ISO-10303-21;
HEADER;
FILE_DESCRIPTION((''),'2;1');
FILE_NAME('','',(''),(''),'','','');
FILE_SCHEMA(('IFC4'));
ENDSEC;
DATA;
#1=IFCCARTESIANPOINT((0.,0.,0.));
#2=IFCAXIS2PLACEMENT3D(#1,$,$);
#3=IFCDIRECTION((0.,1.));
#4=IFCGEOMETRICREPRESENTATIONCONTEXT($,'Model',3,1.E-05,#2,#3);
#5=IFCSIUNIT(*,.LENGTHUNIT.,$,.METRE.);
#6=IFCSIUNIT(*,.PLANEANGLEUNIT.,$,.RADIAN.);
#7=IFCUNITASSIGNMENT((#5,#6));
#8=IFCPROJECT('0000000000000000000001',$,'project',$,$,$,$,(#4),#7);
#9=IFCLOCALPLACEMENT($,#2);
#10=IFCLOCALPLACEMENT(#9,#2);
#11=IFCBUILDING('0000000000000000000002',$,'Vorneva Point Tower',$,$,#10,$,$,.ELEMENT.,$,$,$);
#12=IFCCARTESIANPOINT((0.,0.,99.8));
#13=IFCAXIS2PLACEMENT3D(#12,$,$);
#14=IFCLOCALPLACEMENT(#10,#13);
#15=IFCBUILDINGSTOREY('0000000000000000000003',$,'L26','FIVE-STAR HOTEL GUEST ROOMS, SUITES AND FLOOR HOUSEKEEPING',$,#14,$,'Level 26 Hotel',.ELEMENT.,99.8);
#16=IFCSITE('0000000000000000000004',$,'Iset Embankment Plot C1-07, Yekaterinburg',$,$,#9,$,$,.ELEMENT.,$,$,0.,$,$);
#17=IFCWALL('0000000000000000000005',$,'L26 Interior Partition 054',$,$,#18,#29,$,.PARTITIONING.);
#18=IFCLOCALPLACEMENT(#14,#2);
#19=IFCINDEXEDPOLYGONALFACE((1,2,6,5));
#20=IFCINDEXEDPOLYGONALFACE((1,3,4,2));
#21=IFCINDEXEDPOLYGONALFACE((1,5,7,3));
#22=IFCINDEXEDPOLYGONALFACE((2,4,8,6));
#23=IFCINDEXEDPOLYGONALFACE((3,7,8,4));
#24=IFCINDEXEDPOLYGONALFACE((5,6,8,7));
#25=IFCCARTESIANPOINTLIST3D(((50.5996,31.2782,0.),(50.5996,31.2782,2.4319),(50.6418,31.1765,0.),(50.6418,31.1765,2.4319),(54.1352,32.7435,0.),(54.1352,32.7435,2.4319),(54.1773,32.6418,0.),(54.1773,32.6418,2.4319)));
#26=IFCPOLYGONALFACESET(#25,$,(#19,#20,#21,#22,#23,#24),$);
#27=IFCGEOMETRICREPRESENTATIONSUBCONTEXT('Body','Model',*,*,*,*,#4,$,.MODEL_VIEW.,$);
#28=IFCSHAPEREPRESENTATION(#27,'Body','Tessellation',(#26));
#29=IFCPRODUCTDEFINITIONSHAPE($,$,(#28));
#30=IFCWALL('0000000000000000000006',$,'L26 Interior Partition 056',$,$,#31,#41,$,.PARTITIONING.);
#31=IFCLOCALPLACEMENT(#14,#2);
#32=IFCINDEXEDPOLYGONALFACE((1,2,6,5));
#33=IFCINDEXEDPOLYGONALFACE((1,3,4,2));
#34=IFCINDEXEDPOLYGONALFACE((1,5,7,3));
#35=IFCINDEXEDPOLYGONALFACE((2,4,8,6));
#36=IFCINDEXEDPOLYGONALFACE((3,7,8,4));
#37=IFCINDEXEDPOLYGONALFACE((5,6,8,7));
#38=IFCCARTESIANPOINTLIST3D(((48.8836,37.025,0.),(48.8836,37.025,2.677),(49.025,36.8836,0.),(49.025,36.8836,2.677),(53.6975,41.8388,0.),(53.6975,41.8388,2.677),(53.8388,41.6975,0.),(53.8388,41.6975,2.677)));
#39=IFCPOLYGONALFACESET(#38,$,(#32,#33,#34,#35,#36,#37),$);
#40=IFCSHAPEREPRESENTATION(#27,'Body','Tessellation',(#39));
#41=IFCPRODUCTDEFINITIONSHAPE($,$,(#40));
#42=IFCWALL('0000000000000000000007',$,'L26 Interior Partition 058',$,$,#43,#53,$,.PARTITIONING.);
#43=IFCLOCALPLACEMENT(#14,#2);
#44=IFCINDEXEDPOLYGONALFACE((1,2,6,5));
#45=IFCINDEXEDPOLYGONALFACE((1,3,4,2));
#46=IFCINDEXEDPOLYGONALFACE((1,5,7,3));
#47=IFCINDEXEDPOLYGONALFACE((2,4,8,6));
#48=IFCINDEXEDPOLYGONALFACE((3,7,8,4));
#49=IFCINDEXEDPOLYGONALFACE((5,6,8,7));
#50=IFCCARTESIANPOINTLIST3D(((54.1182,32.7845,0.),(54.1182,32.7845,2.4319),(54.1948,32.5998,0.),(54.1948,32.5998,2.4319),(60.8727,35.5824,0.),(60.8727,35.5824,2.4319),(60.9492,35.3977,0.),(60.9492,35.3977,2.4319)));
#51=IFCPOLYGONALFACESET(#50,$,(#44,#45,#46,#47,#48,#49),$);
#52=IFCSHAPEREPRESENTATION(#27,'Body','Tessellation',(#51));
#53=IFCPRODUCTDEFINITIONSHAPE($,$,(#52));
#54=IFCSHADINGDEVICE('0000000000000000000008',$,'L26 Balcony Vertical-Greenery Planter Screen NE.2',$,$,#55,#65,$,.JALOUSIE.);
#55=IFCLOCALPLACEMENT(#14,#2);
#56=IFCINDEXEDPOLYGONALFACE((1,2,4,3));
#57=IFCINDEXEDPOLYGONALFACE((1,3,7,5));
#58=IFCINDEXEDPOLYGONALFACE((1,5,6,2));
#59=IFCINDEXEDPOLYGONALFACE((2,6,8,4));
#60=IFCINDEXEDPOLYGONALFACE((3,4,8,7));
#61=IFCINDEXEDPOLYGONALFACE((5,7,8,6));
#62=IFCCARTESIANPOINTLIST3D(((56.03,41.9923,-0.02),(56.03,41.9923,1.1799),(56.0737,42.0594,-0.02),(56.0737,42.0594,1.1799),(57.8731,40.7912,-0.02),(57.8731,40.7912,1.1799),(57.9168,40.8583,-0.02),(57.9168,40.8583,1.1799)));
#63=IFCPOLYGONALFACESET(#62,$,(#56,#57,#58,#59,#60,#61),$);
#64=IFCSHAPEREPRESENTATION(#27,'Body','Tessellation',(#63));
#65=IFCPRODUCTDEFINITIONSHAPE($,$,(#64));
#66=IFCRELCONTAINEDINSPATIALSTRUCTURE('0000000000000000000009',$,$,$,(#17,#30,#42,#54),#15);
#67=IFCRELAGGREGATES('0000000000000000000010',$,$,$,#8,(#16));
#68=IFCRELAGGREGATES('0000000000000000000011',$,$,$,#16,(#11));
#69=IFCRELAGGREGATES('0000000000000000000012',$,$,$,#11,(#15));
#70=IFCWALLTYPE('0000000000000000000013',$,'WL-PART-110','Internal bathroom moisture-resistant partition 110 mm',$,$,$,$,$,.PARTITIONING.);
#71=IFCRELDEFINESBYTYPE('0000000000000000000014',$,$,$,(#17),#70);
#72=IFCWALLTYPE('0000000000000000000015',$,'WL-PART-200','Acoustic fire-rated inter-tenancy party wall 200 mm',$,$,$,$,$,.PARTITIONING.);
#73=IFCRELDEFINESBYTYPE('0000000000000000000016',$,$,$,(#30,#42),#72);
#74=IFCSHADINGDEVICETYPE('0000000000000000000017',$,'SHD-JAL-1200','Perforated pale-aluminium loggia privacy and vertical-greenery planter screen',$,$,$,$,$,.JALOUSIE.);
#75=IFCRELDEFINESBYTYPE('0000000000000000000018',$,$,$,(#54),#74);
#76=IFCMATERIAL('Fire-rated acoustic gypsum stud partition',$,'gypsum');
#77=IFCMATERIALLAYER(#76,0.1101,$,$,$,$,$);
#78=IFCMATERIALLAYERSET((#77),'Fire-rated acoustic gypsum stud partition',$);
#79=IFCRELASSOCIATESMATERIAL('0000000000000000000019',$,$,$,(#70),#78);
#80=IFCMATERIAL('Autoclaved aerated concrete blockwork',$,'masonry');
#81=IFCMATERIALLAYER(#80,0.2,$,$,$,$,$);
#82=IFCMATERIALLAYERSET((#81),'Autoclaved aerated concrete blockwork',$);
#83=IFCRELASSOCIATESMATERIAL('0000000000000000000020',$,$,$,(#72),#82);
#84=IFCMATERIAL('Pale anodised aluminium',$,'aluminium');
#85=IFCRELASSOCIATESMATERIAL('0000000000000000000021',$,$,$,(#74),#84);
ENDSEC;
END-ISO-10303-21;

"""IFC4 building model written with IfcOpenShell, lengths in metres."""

from ifc_helpers import new_model, si_unit, direction, frame, frame_2d, origin, origin_2d, place, context, subcontext, project, spatial, rectangle, extrude, material, layer, layer_set, type_object, element, save


model = new_model("IFC4")

# Units and contexts
model_context = context("Model", 3, precision=1e-05, world=origin(), true_north=direction((0.0, 1.0)))
body_context = subcontext(model_context, "Body", "Model", "MODEL_VIEW")
ifc_project = project(units=[si_unit("LENGTHUNIT", "METRE"), si_unit("PLANEANGLEUNIT", "RADIAN")], contexts=[model_context])

# Site, building, storey
site_placement = place(None, origin())
site = spatial("IfcSite", under=ifc_project, at=site_placement, Name="Iset Embankment Plot C1-07, Yekaterinburg", CompositionType="ELEMENT", RefElevation=0.0)
building_placement = place(site_placement, origin())
building = spatial("IfcBuilding", under=site, at=building_placement, Name="Vorneva Point Tower", CompositionType="ELEMENT")
storey_placement = place(building_placement, frame((0.0, 0.0, 99.8)))
storey = spatial("IfcBuildingStorey", under=building, at=storey_placement, Name="L26", Description="FIVE-STAR HOTEL GUEST ROOMS, SUITES AND FLOOR HOUSEKEEPING", LongName="Level 26 Hotel", CompositionType="ELEMENT", Elevation=99.8)

# Shared definitions
ifc_material_1 = material(Name="Pale anodised aluminium", Category="aluminium")

# Shared definitions
ifc_material_2 = material(Name="Fire-rated acoustic gypsum stud partition", Category="gypsum")
ifc_layer_1 = layer(ifc_material_2, 0.1101)
ifc_layer_set_1 = layer_set([ifc_layer_1], Name="Fire-rated acoustic gypsum stud partition")
wall_type_1 = type_object("IfcWallType", Name="WL-PART-110", Description="Internal bathroom moisture-resistant partition 110 mm", PredefinedType="PARTITIONING", material=ifc_layer_set_1)

# Wall
wall_1_placement = place(storey_placement, frame((54.1562, 32.6926, 0.0), z_axis=(0.0, 0.0, 1.0), x_axis=(-0.923804, -0.382866, 0.0)))
element("IfcWall", 1, at=wall_1_placement, inside=storey, type_object=wall_type_1, Name="L26 Interior Partition 054", PredefinedType="PARTITIONING", context=body_context, shape_type="SweptSolid", body=[
    extrude(rectangle(XDim=3.8271, YDim=0.1101, at=frame_2d((1.9136, 0.0))), origin(), (0.0, 0.0, 1.0), 2.4319),
])

# Shared definitions
ifc_material_3 = material(Name="Autoclaved aerated concrete blockwork", Category="masonry")

# Walls
ifc_layer_2 = layer(ifc_material_3, 0.2)
ifc_layer_set_2 = layer_set([ifc_layer_2], Name="Autoclaved aerated concrete blockwork")
wall_type_2 = type_object("IfcWallType", Name="WL-PART-200", Description="Acoustic fire-rated inter-tenancy party wall 200 mm", PredefinedType="PARTITIONING", material=ifc_layer_set_2)
wall_2_placement = place(storey_placement, frame((53.7681, 41.7681, 0.0), z_axis=(0.0, 0.0, 1.0), x_axis=(-0.707107, -0.707107, 0.0)))
element("IfcWall", 2, at=wall_2_placement, inside=storey, type_object=wall_type_2, Name="L26 Interior Partition 056", PredefinedType="PARTITIONING", context=body_context, shape_type="SweptSolid", body=[
    extrude(rectangle(XDim=6.8079, YDim=0.2, at=frame_2d((3.4038, 0.0))), origin(), (0.0, 0.0, 1.0), 2.677),
])
wall_3_placement = place(storey_placement, frame((54.1565, 32.6921, 0.0), z_axis=(0.0, 0.0, 1.0), x_axis=(0.923875, 0.382694, 0.0)))
element("IfcWall", 3, at=wall_3_placement, inside=storey, type_object=wall_type_2, Name="L26 Interior Partition 058", PredefinedType="PARTITIONING", context=body_context, shape_type="SweptSolid", body=[
    extrude(rectangle(XDim=7.311, YDim=0.2, at=frame_2d((3.6555, 0.0))), origin(), (0.0, 0.0, 1.0), 2.4319),
])

# Shading device
shading_device_type = type_object("IfcShadingDeviceType", Name="SHD-JAL-1200", Description="Perforated pale-aluminium loggia privacy and vertical-greenery planter screen", PredefinedType="JALOUSIE", material=ifc_material_1)
shading_device_placement = place(storey_placement, frame((56.9734, 41.4253, -0.02), z_axis=(0.0, 0.0, 1.0), x_axis=(-0.837785, 0.546, 0.0)))
element("IfcShadingDevice", 4, at=shading_device_placement, inside=storey, type_object=shading_device_type, Name="L26 Balcony Vertical-Greenery Planter Screen NE.2", PredefinedType="JALOUSIE", context=body_context, shape_type="SweptSolid", body=[
    extrude(rectangle(XDim=2.2, YDim=0.0801, at=origin_2d()), origin(), (0.0, 0.0, 1.0), 1.2),
])

save(model, "model.ifc")
